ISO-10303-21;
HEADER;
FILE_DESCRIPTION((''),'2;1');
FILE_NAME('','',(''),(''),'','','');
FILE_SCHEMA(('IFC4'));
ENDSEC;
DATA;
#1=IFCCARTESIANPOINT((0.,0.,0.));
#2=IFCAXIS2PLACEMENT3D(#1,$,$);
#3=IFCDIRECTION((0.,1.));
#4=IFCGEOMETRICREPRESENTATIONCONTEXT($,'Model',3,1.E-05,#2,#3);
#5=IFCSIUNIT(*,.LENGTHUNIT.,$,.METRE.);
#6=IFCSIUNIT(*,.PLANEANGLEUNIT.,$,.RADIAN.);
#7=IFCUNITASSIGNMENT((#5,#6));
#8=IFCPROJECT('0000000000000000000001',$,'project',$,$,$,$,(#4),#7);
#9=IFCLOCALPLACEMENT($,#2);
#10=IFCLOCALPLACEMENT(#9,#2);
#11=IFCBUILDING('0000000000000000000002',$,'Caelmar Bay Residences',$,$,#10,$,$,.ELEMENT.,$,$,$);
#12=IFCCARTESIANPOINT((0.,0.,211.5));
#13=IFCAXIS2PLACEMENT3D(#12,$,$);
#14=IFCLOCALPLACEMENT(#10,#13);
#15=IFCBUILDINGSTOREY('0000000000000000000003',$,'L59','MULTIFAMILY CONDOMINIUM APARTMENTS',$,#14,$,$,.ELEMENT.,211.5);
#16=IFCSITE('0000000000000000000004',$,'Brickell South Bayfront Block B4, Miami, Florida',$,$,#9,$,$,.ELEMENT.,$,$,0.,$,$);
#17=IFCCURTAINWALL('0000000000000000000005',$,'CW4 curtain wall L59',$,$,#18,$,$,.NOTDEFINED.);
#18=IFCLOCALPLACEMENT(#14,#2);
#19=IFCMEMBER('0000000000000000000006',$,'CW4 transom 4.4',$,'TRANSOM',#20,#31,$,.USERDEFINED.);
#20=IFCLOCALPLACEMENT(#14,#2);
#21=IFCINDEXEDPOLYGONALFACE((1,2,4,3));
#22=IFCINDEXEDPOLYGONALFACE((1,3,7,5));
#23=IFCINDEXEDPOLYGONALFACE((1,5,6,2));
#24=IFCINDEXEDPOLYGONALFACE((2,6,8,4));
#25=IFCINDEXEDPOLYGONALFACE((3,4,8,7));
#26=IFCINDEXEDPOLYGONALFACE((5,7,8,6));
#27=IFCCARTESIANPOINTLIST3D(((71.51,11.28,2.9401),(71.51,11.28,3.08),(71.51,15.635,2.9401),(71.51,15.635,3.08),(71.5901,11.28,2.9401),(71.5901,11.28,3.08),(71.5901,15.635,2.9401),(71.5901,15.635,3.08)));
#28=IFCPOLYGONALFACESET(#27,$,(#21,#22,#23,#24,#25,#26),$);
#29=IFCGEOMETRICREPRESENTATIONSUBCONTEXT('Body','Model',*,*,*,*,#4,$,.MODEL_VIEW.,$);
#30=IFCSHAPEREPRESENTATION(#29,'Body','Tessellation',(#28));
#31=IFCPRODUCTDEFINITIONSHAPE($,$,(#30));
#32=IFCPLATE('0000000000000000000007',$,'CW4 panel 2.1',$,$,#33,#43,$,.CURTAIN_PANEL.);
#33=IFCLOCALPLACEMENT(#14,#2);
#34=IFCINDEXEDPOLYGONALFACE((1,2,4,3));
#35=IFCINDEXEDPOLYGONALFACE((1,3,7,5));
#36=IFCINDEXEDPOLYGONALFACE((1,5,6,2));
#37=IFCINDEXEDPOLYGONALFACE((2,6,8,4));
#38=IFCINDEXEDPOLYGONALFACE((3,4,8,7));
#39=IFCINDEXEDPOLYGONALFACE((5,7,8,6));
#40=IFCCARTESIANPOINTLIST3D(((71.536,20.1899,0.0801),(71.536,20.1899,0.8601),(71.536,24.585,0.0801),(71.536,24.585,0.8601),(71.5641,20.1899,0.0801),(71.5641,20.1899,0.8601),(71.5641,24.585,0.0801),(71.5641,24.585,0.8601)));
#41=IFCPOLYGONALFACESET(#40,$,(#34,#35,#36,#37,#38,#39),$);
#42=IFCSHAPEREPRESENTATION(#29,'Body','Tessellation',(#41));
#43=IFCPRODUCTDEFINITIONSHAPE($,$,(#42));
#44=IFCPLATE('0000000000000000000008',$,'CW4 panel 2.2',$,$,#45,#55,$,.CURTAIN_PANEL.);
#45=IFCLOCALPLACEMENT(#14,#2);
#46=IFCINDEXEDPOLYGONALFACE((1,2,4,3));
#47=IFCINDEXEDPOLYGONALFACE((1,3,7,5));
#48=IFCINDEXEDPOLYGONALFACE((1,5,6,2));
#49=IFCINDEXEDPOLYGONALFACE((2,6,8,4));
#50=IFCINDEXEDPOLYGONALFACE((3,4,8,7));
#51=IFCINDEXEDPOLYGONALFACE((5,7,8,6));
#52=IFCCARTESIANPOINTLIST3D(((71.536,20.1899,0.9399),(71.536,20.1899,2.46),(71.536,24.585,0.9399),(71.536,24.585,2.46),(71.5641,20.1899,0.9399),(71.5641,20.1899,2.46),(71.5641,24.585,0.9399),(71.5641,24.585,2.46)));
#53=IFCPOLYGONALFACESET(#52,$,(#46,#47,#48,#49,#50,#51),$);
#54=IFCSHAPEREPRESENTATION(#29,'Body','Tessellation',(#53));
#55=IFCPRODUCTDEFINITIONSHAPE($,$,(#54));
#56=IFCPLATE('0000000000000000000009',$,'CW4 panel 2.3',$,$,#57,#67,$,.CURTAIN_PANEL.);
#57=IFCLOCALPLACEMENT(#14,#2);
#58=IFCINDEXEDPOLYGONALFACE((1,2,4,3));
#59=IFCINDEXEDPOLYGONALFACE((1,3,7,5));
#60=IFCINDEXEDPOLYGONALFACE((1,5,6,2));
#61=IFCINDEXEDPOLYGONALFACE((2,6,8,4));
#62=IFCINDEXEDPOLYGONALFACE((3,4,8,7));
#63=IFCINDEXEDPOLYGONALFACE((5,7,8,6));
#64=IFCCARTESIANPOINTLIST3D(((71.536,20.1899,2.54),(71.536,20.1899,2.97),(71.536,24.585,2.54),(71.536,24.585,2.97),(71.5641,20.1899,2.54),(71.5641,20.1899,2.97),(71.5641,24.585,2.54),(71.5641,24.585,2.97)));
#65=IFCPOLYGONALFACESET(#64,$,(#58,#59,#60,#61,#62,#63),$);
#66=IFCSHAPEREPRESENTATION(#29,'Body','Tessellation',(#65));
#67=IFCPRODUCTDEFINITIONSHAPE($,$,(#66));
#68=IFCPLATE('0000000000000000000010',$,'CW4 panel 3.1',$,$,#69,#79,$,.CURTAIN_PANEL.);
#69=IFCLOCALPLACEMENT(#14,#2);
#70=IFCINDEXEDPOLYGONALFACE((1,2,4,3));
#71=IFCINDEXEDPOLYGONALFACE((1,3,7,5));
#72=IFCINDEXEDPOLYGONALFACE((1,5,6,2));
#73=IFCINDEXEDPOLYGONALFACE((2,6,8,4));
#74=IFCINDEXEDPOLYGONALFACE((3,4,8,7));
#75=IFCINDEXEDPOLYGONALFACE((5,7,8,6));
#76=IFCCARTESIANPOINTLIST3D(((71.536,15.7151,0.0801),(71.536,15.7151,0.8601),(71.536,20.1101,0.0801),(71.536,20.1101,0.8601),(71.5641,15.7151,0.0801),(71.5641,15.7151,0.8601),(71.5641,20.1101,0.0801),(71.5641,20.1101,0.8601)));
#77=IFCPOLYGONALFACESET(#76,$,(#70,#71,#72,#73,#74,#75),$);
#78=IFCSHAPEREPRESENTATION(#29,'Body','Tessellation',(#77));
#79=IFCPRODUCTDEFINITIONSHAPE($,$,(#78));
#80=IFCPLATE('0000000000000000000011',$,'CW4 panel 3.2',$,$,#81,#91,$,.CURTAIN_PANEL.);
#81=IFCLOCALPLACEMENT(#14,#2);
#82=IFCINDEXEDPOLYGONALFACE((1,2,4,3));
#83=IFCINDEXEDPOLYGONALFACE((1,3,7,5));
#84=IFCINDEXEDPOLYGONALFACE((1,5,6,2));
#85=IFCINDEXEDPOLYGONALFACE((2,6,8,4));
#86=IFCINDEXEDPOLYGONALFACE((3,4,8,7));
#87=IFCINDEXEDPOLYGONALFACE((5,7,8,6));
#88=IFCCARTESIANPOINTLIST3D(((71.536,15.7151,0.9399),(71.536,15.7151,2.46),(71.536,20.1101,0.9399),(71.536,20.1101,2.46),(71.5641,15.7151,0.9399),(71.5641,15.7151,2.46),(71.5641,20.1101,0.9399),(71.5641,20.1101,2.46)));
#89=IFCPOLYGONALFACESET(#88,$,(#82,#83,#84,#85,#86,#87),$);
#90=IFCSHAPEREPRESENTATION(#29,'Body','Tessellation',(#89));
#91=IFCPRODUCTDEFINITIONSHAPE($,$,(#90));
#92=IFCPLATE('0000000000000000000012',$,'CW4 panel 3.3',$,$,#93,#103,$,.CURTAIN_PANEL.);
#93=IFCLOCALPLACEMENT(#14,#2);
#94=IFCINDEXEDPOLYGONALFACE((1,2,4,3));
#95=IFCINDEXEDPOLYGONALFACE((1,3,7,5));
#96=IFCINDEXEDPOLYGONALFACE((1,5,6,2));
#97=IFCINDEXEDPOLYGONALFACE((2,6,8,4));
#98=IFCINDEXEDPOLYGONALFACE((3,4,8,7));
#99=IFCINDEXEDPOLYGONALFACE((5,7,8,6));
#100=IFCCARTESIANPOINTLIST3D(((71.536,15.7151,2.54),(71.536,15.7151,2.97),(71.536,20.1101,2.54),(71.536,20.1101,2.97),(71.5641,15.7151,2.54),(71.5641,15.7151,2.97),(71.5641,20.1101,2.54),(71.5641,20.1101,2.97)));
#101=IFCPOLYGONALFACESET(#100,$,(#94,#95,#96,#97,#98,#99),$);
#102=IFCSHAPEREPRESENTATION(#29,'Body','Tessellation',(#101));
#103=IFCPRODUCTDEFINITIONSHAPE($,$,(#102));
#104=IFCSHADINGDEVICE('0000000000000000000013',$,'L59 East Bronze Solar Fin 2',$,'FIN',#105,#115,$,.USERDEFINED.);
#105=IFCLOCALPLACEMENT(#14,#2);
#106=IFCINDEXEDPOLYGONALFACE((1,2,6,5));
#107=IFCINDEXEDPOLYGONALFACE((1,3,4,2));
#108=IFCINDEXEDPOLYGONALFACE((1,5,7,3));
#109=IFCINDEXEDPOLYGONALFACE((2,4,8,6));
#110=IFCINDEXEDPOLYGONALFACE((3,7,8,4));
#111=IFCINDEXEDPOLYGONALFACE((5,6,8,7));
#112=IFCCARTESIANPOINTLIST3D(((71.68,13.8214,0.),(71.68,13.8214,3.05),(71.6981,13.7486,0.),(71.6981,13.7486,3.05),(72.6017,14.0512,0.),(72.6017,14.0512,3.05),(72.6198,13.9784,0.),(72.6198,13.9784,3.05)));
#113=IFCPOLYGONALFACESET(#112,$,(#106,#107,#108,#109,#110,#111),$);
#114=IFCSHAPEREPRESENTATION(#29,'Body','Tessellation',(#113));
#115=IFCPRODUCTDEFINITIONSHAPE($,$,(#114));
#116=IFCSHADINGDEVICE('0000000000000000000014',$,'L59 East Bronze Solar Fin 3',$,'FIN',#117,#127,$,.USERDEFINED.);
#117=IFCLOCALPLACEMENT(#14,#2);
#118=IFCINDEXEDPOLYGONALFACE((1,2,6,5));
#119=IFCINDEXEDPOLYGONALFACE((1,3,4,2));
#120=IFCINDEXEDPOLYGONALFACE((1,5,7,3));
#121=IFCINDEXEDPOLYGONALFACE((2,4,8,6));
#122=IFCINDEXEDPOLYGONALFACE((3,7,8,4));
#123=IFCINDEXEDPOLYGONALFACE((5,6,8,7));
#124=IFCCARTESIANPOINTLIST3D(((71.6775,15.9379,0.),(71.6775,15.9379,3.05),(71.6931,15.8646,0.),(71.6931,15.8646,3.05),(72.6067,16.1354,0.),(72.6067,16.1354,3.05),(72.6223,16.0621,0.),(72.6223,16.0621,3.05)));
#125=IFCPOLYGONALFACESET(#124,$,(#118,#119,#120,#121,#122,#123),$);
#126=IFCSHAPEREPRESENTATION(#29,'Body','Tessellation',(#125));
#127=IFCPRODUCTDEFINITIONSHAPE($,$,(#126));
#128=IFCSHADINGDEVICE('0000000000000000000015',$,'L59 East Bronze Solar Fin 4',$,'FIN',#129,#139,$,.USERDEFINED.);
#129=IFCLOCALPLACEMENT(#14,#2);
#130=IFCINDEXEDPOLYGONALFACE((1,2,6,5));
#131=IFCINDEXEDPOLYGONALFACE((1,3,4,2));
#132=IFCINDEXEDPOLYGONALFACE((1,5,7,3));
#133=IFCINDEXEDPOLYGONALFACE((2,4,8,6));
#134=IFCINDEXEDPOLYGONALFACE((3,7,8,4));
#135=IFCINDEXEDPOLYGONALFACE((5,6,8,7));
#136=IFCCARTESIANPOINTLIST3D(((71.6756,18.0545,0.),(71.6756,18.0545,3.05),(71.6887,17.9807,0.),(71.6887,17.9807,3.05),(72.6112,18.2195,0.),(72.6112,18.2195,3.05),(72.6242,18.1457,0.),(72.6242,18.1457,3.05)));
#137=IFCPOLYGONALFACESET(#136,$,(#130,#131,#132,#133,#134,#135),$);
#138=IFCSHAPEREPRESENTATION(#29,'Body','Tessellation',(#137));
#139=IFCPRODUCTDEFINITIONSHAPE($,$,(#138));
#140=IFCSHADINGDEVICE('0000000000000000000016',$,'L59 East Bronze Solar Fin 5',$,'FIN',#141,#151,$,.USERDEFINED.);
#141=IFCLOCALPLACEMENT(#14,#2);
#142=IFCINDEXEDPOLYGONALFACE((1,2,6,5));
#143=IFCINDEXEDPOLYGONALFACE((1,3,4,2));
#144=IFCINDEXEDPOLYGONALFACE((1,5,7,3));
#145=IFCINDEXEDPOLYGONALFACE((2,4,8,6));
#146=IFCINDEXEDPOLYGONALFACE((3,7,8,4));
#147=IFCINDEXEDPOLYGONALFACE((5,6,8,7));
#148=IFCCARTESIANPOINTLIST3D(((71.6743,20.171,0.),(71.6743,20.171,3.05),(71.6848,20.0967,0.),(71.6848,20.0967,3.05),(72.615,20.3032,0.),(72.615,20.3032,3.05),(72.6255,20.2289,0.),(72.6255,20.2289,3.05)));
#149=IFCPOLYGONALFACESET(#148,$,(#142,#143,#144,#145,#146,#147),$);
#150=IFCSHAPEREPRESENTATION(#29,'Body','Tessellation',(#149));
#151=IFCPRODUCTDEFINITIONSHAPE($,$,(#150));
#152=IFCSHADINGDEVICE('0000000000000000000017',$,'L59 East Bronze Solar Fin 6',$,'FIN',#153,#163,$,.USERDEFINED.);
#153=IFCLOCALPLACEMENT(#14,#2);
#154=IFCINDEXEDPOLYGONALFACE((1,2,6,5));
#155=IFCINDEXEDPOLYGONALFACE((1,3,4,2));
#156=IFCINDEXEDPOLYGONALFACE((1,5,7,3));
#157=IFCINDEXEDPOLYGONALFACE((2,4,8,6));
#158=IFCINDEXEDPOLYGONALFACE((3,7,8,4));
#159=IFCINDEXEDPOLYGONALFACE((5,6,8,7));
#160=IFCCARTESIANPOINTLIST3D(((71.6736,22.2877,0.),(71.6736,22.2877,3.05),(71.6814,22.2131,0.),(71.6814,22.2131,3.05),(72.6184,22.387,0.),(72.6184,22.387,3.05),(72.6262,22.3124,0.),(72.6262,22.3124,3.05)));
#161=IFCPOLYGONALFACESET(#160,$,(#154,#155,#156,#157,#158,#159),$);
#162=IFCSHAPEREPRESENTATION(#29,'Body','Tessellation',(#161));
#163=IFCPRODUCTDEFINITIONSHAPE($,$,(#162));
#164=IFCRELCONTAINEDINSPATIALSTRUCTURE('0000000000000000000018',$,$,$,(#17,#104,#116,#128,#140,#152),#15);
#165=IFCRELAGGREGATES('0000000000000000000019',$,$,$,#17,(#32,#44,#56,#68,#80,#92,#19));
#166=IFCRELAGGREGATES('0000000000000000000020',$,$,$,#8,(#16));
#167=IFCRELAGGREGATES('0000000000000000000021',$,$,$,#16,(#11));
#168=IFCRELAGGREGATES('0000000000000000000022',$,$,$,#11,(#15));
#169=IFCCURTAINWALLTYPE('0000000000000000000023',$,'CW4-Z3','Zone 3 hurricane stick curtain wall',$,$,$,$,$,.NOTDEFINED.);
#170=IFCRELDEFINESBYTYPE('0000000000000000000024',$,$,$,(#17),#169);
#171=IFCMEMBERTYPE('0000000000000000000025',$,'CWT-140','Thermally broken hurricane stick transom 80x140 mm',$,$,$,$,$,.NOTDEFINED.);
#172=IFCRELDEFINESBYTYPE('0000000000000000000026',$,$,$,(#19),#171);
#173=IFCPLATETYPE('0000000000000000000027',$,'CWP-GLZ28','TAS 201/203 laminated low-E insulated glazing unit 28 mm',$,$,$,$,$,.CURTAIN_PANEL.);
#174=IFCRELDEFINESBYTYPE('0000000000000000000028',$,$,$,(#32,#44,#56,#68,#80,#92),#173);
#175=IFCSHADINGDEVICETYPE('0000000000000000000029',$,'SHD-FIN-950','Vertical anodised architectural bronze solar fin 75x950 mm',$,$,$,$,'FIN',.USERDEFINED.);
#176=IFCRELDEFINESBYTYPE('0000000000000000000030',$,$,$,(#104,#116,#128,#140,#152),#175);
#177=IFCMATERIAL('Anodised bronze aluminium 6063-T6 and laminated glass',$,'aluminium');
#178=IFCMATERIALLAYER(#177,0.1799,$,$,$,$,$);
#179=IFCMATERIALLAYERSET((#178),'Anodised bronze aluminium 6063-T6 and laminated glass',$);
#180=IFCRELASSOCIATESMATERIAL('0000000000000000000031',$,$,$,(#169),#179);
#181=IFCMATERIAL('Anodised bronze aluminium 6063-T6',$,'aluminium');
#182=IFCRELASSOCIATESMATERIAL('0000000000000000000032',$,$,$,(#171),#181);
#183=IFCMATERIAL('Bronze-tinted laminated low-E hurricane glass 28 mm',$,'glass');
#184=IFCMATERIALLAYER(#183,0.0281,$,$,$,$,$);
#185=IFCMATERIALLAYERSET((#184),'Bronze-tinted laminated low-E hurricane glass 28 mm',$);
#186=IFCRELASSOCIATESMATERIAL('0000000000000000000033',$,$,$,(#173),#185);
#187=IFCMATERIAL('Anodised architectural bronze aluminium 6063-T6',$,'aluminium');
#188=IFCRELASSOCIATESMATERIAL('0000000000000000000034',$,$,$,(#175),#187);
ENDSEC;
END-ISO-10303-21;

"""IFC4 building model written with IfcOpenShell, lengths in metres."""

from ifc_helpers import new_model, si_unit, direction, frame, origin, origin_2d, place, context, subcontext, project, spatial, rectangle, extrude, material, layer, layer_set, material_profile, profile_set, type_object, element, aggregate, save


model = new_model("IFC4")

# Units and contexts
model_context = context("Model", 3, precision=1e-05, world=origin(), true_north=direction((0.0, 1.0)))
body_context = subcontext(model_context, "Body", "Model", "MODEL_VIEW")
ifc_project = project(units=[si_unit("LENGTHUNIT", "METRE"), si_unit("PLANEANGLEUNIT", "RADIAN")], contexts=[model_context])

# Site, building, storey
site_placement = place(None, origin())
site = spatial("IfcSite", under=ifc_project, at=site_placement, Name="Brickell South Bayfront Block B4, Miami, Florida", CompositionType="ELEMENT", RefElevation=0.0)
building_placement = place(site_placement, origin())
building = spatial("IfcBuilding", under=site, at=building_placement, Name="Caelmar Bay Residences", CompositionType="ELEMENT")
storey_placement = place(building_placement, frame((0.0, 0.0, 211.5)))
storey = spatial("IfcBuildingStorey", under=building, at=storey_placement, Name="L59", Description="MULTIFAMILY CONDOMINIUM APARTMENTS", CompositionType="ELEMENT", Elevation=211.5)

# Curtain wall, member, plates
ifc_material_1 = material(Name="Anodised bronze aluminium 6063-T6 and laminated glass", Category="aluminium")
ifc_layer_1 = layer(ifc_material_1, 0.1799)
ifc_layer_set_1 = layer_set([ifc_layer_1], Name="Anodised bronze aluminium 6063-T6 and laminated glass")
curtain_wall_type = type_object("IfcCurtainWallType", Name="CW4-Z3", Description="Zone 3 hurricane stick curtain wall", PredefinedType="NOTDEFINED", material=ifc_layer_set_1)
curtain_wall_placement = place(storey_placement, origin())
curtain_wall = element("IfcCurtainWall", 1, at=curtain_wall_placement, inside=storey, type_object=curtain_wall_type, Name="CW4 curtain wall L59", PredefinedType="NOTDEFINED")
ifc_material_2 = material(Name="Anodised bronze aluminium 6063-T6", Category="aluminium")
ifc_material_profile_1 = material_profile(ifc_material_2, rectangle(XDim=0.0801, YDim=0.1399, at=origin_2d()), Name="CWT-80X140")
ifc_profile_set_1 = profile_set([ifc_material_profile_1], Name="Anodised bronze aluminium 6063-T6")
member_type_1 = type_object("IfcMemberType", Name="CWT-140", Description="Thermally broken hurricane stick transom 80x140 mm", PredefinedType="NOTDEFINED", material=ifc_profile_set_1)
member_1_placement = place(storey_placement, frame((71.55, 15.635, 3.01), z_axis=(0.0, -1.0, 0.0), x_axis=(1.0, 0.0, 0.0)))
member_1 = element("IfcMember", 2, at=member_1_placement, type_object=member_type_1, Name="CW4 transom 4.4", ObjectType="TRANSOM", PredefinedType="USERDEFINED", context=body_context, shape_type="SweptSolid", body=[
    extrude(rectangle(XDim=0.0801, YDim=0.1399, at=origin_2d()), origin(), (0.0, 0.0, 1.0), 4.355),
])
ifc_material_3 = material(Name="Bronze-tinted laminated low-E hurricane glass 28 mm", Category="glass")
ifc_layer_2 = layer(ifc_material_3, 0.0281)
ifc_layer_set_2 = layer_set([ifc_layer_2], Name="Bronze-tinted laminated low-E hurricane glass 28 mm")
plate_type = type_object("IfcPlateType", Name="CWP-GLZ28", Description="TAS 201/203 laminated low-E insulated glazing unit 28 mm", PredefinedType="CURTAIN_PANEL", material=ifc_layer_set_2)
plate_1_placement = place(storey_placement, frame((71.55, 22.3875, 0.0801), z_axis=(0.0, 0.0, 1.0), x_axis=(0.0, -1.0, 0.0)))
plate_1 = element("IfcPlate", 3, at=plate_1_placement, type_object=plate_type, Name="CW4 panel 2.1", PredefinedType="CURTAIN_PANEL", context=body_context, shape_type="SweptSolid", body=[
    extrude(rectangle(XDim=4.395, YDim=0.0281, at=origin_2d()), origin(), (0.0, 0.0, 1.0), 0.78),
])
plate_2_placement = place(storey_placement, frame((71.55, 22.3875, 0.9399), z_axis=(0.0, 0.0, 1.0), x_axis=(0.0, -1.0, 0.0)))
plate_2 = element("IfcPlate", 4, at=plate_2_placement, type_object=plate_type, Name="CW4 panel 2.2", PredefinedType="CURTAIN_PANEL", context=body_context, shape_type="SweptSolid", body=[
    extrude(rectangle(XDim=4.395, YDim=0.0281, at=origin_2d()), origin(), (0.0, 0.0, 1.0), 1.52),
])
plate_3_placement = place(storey_placement, frame((71.55, 22.3875, 2.54), z_axis=(0.0, 0.0, 1.0), x_axis=(0.0, -1.0, 0.0)))
plate_3 = element("IfcPlate", 5, at=plate_3_placement, type_object=plate_type, Name="CW4 panel 2.3", PredefinedType="CURTAIN_PANEL", context=body_context, shape_type="SweptSolid", body=[
    extrude(rectangle(XDim=4.395, YDim=0.0281, at=origin_2d()), origin(), (0.0, 0.0, 1.0), 0.4299),
])
plate_4_placement = place(storey_placement, frame((71.55, 17.9126, 0.0801), z_axis=(0.0, 0.0, 1.0), x_axis=(0.0, -1.0, 0.0)))
plate_4 = element("IfcPlate", 6, at=plate_4_placement, type_object=plate_type, Name="CW4 panel 3.1", PredefinedType="CURTAIN_PANEL", context=body_context, shape_type="SweptSolid", body=[
    extrude(rectangle(XDim=4.395, YDim=0.0281, at=origin_2d()), origin(), (0.0, 0.0, 1.0), 0.78),
])
plate_5_placement = place(storey_placement, frame((71.55, 17.9126, 0.9399), z_axis=(0.0, 0.0, 1.0), x_axis=(0.0, -1.0, 0.0)))
plate_5 = element("IfcPlate", 7, at=plate_5_placement, type_object=plate_type, Name="CW4 panel 3.2", PredefinedType="CURTAIN_PANEL", context=body_context, shape_type="SweptSolid", body=[
    extrude(rectangle(XDim=4.395, YDim=0.0281, at=origin_2d()), origin(), (0.0, 0.0, 1.0), 1.52),
])
plate_6_placement = place(storey_placement, frame((71.55, 17.9126, 2.54), z_axis=(0.0, 0.0, 1.0), x_axis=(0.0, -1.0, 0.0)))
plate_6 = element("IfcPlate", 8, at=plate_6_placement, type_object=plate_type, Name="CW4 panel 3.3", PredefinedType="CURTAIN_PANEL", context=body_context, shape_type="SweptSolid", body=[
    extrude(rectangle(XDim=4.395, YDim=0.0281, at=origin_2d()), origin(), (0.0, 0.0, 1.0), 0.4299),
])
aggregate(curtain_wall, [plate_1, plate_2, plate_3, plate_4, plate_5, plate_6, member_1])

# Shading devices
ifc_material_4 = material(Name="Anodised architectural bronze aluminium 6063-T6", Category="aluminium")
ifc_material_profile_2 = material_profile(ifc_material_4, rectangle(XDim=0.075, YDim=0.95, at=origin_2d()), Name="BRONZE-FIN-75X950")
ifc_profile_set_2 = profile_set([ifc_material_profile_2], Name="Anodised architectural bronze aluminium 6063-T6")
shading_device_type = type_object("IfcShadingDeviceType", Name="SHD-FIN-950", Description="Vertical anodised architectural bronze solar fin 75x950 mm", ElementType="FIN", PredefinedType="USERDEFINED", material=ifc_profile_set_2)
for number, where, z_axis, x_axis, name in (
    (9, (72.1499, 13.8999, 0.0), (0.0, 0.0, 1.0), (-0.241922, 0.970296, 0.0), "L59 East Bronze Solar Fin 2"),
    (10, (72.1499, 16.0, 0.0), (0.0, 0.0, 1.0), (-0.207912, 0.978148, 0.0), "L59 East Bronze Solar Fin 3"),
    (11, (72.1499, 18.1001, 0.0), (0.0, 0.0, 1.0), (-0.173648, 0.984808, 0.0), "L59 East Bronze Solar Fin 4"),
    (12, (72.1499, 20.2, 0.0), (0.0, 0.0, 1.0), (-0.139173, 0.990268, 0.0), "L59 East Bronze Solar Fin 5"),
    (13, (72.1499, 22.3, 0.0), (0.0, 0.0, 1.0), (-0.104528, 0.994522, 0.0), "L59 East Bronze Solar Fin 6"),
):
    element("IfcShadingDevice", number, at=place(storey_placement, frame(where, z_axis=z_axis, x_axis=x_axis)), inside=storey, type_object=shading_device_type, Name=name, ObjectType="FIN", PredefinedType="USERDEFINED", context=body_context, shape_type="SweptSolid", body=[
        extrude(rectangle(XDim=0.075, YDim=0.95, at=origin_2d()), origin(), (0.0, 0.0, 1.0), 3.05),
    ])

save(model, "model.ifc")
